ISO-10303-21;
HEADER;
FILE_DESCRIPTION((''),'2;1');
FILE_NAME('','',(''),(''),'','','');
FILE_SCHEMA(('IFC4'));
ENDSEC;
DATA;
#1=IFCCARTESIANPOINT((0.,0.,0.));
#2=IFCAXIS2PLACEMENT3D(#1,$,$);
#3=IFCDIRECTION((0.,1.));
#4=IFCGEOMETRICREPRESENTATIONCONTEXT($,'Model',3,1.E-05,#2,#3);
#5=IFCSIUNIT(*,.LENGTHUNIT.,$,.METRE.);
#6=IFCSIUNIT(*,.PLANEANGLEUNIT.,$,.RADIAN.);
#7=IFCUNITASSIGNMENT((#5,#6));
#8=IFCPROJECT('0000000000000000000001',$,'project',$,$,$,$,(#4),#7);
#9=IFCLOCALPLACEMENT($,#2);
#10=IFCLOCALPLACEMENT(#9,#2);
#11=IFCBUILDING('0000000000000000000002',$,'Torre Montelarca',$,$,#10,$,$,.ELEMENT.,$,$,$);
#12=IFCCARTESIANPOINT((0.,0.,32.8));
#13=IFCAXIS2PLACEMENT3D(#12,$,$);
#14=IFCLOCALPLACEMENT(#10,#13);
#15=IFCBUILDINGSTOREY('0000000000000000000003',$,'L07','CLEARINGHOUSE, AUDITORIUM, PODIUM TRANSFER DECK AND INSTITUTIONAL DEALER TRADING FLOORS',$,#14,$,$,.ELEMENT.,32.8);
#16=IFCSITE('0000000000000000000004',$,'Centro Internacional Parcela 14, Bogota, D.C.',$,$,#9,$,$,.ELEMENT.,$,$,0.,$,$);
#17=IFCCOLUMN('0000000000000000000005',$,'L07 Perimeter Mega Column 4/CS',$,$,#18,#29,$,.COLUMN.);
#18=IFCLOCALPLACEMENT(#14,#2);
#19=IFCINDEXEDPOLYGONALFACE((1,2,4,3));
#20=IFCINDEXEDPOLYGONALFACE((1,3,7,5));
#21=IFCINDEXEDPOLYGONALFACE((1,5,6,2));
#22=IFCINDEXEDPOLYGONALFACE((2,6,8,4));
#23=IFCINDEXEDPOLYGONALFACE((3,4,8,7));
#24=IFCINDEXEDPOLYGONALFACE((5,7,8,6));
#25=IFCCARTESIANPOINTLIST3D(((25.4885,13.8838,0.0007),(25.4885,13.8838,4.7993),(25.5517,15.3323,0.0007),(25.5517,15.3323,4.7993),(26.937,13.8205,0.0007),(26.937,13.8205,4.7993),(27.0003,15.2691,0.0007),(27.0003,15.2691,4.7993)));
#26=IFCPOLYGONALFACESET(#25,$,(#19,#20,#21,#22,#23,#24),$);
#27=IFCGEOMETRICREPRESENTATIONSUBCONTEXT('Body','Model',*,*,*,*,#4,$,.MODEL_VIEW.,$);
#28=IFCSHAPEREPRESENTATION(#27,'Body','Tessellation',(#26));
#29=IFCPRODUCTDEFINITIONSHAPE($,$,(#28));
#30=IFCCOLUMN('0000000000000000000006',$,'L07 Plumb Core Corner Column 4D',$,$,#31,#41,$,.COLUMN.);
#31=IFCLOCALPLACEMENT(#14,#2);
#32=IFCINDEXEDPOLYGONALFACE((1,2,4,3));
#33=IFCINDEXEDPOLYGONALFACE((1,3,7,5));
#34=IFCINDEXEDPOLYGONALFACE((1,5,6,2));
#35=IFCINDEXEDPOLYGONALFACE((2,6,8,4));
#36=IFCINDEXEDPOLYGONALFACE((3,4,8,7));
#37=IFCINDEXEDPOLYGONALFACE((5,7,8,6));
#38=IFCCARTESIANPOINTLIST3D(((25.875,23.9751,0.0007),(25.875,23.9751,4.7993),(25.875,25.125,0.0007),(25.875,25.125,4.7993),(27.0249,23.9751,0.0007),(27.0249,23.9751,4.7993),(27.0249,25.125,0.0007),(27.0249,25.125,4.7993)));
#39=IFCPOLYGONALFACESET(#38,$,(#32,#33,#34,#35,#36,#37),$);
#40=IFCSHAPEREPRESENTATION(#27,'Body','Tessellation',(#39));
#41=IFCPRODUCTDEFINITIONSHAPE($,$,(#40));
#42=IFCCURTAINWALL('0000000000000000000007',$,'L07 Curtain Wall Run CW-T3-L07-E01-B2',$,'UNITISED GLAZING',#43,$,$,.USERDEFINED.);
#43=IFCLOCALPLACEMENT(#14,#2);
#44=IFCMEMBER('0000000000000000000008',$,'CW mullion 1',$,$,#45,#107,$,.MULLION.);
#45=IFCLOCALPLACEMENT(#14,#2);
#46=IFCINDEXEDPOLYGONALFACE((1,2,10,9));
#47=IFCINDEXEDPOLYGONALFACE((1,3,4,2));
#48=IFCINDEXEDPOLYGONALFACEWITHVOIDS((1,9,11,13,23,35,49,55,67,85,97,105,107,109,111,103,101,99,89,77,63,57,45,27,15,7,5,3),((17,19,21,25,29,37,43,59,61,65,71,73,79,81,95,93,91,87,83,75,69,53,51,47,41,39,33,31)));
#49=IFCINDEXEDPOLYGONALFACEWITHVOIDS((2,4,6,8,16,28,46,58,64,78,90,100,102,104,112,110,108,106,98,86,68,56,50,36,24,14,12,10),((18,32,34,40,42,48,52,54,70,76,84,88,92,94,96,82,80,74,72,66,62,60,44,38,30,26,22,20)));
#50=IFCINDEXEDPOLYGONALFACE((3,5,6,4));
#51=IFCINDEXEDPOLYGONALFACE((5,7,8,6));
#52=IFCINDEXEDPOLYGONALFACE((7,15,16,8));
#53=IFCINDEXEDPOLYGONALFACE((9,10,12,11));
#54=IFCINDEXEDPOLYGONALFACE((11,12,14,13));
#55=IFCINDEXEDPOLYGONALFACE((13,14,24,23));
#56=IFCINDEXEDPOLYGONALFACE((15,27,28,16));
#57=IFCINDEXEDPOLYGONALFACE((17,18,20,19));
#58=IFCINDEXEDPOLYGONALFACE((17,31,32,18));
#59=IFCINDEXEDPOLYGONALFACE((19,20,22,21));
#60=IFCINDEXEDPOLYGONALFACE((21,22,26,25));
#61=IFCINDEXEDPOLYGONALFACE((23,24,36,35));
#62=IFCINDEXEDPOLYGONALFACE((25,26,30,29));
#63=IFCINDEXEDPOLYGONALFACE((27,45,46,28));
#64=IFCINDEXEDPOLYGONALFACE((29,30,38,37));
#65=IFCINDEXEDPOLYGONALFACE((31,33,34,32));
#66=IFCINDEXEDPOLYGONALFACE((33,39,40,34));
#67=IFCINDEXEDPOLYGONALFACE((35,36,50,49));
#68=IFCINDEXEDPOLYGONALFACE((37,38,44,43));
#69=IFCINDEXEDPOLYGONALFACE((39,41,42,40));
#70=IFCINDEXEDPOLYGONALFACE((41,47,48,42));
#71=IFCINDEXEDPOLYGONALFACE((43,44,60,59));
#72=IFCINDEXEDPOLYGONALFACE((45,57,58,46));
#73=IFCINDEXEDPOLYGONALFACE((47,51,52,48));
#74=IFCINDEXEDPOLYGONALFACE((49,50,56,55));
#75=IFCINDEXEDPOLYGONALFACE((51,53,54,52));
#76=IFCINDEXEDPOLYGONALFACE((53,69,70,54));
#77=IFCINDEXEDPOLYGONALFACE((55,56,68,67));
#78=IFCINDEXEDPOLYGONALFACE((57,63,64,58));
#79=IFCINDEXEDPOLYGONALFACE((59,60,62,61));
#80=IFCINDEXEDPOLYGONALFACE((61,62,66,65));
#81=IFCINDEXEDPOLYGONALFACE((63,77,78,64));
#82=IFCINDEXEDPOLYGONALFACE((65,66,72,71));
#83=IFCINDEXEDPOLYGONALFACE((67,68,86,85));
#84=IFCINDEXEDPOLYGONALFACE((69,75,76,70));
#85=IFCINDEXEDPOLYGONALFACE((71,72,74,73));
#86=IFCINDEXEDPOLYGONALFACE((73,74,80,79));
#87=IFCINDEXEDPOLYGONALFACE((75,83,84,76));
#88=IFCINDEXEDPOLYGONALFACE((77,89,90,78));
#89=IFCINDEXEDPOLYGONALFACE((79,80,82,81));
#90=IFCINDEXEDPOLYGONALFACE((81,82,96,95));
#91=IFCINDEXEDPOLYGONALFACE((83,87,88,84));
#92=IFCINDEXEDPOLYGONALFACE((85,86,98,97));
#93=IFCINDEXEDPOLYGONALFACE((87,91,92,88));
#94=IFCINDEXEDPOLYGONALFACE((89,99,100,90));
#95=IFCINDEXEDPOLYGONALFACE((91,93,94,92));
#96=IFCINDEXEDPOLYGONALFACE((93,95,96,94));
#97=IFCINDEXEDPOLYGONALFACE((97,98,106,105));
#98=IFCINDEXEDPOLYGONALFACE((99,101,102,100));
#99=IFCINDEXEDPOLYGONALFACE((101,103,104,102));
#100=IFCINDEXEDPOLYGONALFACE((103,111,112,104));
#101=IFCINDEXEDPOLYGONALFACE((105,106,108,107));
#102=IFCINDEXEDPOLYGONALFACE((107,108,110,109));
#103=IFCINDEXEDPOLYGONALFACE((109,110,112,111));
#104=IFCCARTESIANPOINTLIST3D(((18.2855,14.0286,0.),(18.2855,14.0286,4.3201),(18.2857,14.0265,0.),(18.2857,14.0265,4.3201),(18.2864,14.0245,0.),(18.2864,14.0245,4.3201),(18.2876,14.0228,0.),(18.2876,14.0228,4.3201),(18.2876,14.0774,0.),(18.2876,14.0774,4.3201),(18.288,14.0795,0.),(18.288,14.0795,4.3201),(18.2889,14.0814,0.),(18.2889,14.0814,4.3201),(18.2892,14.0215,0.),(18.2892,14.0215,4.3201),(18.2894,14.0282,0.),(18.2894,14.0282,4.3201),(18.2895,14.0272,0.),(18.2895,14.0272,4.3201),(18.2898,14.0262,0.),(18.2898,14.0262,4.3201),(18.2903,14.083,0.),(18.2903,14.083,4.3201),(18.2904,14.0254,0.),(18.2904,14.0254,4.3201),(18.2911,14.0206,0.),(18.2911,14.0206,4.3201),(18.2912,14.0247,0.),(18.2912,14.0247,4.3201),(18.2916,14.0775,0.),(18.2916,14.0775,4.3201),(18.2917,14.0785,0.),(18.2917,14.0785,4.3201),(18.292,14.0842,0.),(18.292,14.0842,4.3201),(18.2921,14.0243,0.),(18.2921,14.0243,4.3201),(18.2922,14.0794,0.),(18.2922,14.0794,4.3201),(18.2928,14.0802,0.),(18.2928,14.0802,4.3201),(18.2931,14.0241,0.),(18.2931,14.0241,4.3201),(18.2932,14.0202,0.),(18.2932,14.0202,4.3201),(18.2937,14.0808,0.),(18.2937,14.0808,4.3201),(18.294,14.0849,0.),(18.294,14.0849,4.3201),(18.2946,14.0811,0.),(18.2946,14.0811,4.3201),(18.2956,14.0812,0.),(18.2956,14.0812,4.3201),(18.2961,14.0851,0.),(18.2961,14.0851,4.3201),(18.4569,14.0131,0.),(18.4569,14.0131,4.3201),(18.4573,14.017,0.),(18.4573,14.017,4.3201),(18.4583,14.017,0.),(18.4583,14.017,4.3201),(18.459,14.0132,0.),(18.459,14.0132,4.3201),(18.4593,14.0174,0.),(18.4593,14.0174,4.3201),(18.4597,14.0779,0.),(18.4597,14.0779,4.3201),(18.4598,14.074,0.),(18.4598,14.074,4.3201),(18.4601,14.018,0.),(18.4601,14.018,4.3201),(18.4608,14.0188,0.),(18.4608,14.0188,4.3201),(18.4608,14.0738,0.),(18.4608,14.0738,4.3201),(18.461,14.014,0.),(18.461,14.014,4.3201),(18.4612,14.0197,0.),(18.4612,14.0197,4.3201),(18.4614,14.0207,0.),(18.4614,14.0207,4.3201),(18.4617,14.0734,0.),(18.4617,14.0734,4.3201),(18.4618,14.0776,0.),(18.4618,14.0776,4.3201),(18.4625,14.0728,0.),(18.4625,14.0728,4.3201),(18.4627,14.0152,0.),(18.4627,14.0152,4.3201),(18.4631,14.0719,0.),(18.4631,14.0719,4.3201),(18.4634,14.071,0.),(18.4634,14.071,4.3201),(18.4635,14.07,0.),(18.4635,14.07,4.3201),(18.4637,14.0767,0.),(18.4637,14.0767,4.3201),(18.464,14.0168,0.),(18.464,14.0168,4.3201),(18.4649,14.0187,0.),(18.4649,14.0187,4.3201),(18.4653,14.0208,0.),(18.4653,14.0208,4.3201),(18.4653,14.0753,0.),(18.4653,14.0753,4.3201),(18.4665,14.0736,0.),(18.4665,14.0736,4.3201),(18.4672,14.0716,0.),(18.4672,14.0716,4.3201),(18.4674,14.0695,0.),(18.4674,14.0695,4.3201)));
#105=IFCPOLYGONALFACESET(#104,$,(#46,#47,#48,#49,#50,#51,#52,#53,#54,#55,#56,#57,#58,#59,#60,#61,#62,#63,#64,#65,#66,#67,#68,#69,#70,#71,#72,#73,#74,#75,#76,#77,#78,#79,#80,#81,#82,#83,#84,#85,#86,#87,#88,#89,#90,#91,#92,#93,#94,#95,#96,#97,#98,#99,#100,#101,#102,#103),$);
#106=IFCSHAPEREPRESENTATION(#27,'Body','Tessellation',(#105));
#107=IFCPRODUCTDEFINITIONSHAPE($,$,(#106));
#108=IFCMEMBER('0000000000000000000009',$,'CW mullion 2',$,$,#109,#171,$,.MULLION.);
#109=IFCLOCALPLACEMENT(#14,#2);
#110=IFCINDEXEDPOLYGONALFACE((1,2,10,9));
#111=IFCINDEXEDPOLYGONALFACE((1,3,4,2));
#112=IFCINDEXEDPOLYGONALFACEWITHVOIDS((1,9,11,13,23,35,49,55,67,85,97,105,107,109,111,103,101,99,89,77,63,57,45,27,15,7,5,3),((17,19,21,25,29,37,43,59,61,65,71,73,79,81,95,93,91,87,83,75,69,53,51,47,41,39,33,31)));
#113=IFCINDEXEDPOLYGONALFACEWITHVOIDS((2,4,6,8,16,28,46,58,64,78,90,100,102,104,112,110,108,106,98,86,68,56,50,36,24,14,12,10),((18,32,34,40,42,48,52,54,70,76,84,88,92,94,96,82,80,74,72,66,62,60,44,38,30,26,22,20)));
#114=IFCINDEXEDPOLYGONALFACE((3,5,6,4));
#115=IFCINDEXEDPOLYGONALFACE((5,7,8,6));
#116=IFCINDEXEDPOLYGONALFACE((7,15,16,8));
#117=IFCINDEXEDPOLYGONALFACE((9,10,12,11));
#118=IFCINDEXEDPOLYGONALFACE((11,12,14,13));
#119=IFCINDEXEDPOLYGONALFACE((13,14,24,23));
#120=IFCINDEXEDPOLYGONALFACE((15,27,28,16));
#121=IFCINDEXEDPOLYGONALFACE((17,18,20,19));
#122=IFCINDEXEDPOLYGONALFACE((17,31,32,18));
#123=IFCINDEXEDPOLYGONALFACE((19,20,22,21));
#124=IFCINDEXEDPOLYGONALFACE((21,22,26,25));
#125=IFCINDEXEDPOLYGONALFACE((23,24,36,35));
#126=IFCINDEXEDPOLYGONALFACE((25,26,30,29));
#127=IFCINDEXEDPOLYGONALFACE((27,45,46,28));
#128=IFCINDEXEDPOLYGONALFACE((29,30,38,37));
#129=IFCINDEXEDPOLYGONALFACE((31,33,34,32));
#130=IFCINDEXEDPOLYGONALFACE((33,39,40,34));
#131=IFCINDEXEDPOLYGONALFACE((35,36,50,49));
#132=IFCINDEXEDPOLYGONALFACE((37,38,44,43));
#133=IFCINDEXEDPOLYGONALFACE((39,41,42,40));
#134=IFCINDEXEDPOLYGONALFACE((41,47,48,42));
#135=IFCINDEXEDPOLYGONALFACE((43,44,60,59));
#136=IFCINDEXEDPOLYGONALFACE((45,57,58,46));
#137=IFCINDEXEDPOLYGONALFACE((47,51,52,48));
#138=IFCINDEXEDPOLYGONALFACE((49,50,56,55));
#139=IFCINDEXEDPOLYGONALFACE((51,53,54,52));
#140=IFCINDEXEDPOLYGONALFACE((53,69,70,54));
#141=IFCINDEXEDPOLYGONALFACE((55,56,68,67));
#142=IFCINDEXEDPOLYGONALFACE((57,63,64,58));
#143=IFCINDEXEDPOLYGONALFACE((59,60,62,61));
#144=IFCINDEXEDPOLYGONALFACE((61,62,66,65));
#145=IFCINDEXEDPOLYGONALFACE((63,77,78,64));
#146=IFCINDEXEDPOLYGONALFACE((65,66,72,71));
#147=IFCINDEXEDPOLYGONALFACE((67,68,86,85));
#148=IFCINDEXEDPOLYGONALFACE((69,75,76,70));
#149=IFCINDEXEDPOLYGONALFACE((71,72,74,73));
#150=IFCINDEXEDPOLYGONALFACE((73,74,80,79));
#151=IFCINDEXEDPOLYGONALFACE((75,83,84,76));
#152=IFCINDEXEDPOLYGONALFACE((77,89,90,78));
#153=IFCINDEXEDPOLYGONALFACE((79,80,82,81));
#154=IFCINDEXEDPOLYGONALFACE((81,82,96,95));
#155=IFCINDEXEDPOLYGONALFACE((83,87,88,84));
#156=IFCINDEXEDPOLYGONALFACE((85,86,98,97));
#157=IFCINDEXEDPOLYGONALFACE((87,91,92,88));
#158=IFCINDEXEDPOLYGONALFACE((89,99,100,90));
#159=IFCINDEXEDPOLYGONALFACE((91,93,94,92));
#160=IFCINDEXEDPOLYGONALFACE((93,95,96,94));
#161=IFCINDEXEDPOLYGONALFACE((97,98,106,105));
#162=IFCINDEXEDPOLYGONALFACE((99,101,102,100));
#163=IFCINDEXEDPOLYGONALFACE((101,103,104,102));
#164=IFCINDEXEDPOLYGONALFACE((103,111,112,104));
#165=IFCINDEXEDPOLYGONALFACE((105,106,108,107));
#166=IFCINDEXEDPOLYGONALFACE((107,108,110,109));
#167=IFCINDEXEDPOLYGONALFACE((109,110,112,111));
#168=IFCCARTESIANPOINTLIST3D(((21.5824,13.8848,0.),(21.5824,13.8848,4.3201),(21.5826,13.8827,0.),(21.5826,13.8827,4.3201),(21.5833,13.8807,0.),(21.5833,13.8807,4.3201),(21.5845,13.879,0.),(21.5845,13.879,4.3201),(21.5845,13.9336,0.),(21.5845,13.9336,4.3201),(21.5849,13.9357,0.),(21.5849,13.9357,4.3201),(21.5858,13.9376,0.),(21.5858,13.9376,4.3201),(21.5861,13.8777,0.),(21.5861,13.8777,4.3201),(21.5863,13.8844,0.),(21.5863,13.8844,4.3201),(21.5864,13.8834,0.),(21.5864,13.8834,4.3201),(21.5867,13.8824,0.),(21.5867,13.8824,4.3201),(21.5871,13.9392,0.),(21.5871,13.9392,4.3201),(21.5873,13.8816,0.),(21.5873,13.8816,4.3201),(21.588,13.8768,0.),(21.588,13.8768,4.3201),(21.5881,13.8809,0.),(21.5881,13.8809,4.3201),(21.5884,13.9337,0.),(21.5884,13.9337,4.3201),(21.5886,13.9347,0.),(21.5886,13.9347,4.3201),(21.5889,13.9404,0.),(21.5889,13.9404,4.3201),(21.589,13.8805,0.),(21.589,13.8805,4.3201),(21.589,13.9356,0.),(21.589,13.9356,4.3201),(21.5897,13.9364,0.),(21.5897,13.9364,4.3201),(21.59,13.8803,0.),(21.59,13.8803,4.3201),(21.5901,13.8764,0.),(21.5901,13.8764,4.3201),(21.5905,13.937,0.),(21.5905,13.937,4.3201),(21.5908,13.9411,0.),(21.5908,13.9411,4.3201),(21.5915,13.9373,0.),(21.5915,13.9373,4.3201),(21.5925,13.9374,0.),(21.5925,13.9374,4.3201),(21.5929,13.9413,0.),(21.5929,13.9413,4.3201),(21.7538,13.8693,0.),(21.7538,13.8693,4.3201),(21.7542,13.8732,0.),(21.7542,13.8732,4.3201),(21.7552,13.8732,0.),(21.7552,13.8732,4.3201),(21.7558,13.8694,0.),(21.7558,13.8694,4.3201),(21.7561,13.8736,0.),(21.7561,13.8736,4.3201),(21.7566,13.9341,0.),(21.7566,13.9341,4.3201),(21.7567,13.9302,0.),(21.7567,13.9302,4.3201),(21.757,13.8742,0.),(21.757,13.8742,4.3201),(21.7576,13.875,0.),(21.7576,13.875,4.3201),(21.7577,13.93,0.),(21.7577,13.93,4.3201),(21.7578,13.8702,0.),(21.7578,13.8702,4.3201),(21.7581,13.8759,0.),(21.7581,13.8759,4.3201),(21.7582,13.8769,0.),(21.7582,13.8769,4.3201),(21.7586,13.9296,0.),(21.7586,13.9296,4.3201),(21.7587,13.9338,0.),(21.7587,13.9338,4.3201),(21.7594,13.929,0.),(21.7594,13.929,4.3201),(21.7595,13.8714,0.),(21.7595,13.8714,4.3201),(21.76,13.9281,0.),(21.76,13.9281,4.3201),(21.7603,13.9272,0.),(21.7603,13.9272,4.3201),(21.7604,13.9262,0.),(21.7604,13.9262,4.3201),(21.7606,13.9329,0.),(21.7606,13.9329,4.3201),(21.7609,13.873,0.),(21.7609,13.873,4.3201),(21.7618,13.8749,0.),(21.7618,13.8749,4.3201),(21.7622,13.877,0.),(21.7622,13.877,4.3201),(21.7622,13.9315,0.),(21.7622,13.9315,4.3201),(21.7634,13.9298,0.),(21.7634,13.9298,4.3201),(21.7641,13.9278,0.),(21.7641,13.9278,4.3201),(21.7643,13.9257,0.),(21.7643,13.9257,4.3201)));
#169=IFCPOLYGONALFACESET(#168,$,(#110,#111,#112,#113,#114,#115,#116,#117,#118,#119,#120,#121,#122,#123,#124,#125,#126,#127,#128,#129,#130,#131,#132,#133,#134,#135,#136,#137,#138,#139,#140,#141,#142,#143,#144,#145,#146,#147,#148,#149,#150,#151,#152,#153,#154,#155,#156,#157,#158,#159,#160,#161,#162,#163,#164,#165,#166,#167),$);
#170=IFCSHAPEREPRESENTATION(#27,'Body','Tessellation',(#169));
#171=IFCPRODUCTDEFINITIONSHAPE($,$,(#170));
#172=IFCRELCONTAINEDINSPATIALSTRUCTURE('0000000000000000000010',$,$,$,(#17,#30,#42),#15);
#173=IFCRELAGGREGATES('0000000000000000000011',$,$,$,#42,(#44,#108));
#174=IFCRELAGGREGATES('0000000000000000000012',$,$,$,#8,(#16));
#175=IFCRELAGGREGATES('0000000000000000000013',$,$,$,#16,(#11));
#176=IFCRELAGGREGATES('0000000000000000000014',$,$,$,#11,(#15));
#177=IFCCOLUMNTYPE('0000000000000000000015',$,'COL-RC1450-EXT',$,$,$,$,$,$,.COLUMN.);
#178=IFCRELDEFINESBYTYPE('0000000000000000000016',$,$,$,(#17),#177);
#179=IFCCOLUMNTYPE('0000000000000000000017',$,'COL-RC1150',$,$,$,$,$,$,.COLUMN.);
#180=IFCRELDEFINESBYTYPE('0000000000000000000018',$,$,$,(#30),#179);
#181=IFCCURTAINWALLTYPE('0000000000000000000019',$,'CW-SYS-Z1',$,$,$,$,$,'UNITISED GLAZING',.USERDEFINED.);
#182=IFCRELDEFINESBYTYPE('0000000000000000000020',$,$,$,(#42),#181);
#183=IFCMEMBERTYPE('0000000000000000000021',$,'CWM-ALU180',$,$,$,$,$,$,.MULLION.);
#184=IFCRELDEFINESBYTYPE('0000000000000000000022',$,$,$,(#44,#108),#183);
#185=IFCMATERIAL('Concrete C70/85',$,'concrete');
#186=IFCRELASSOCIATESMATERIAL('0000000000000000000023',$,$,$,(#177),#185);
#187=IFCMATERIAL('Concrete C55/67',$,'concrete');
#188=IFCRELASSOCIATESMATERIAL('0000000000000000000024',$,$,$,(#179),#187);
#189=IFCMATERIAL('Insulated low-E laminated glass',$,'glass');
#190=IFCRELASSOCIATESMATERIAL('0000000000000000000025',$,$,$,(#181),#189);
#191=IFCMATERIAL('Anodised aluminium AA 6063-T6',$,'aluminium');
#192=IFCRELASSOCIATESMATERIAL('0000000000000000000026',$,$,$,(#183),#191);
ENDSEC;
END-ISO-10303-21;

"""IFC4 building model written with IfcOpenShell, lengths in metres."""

from ifc_helpers import new_model, si_unit, direction, frame, origin, origin_2d, place, context, subcontext, project, spatial, rectangle, hollow_rectangle, extrude, source, transform, mapped, material, material_profile, profile_set, type_object, element, aggregate, save


model = new_model("IFC4")

# Units and contexts
model_context = context("Model", 3, precision=1e-05, world=origin(), true_north=direction((0.0, 1.0)))
body_context = subcontext(model_context, "Body", "Model", "MODEL_VIEW")
ifc_project = project(units=[si_unit("LENGTHUNIT", "METRE"), si_unit("PLANEANGLEUNIT", "RADIAN")], contexts=[model_context])

# Site, building, storey
site_placement = place(None, origin())
site = spatial("IfcSite", under=ifc_project, at=site_placement, Name="Centro Internacional Parcela 14, Bogota, D.C.", CompositionType="ELEMENT", RefElevation=0.0)
building_placement = place(site_placement, origin())
building = spatial("IfcBuilding", under=site, at=building_placement, Name="Torre Montelarca", CompositionType="ELEMENT")
storey_placement = place(building_placement, frame((0.0, 0.0, 32.8)))
storey = spatial("IfcBuildingStorey", under=building, at=storey_placement, Name="L07", Description="CLEARINGHOUSE, AUDITORIUM, PODIUM TRANSFER DECK AND INSTITUTIONAL DEALER TRADING FLOORS", CompositionType="ELEMENT", Elevation=32.8)

# Columns
ifc_material_1 = material(Name="Concrete C70/85", Category="concrete")
ifc_material_profile_1 = material_profile(ifc_material_1, rectangle(XDim=1.45, YDim=1.45, at=origin_2d()), Name="RC1450X1450", Category="concrete")
ifc_profile_set_1 = profile_set([ifc_material_profile_1], Name="Concrete C70/85")
column_type_1 = type_object("IfcColumnType", Name="COL-RC1450-EXT", PredefinedType="COLUMN", material=ifc_profile_set_1)
shared_shape_1 = source(origin(), body_context, "Body", "SweptSolid", [
    extrude(rectangle(XDim=1.45, YDim=1.45, at=origin_2d()), origin(), (0.0, 0.0, 1.0), 4.7986),
])
column_1_placement = place(storey_placement, frame((26.2444, 14.5764, 0.0007), z_axis=(0.0, 0.0, 1.0), x_axis=(-0.999048, 0.043619, 0.0)))
element("IfcColumn", 1, at=column_1_placement, inside=storey, type_object=column_type_1, Name="L07 Perimeter Mega Column 4/CS", PredefinedType="COLUMN", context=body_context, shape_type="MappedRepresentation", body=[
    mapped(shared_shape_1, transform((0.0, 0.0, 0.0), scale=1.0)),
])
ifc_material_2 = material(Name="Concrete C55/67", Category="concrete")
ifc_material_profile_2 = material_profile(ifc_material_2, rectangle(XDim=1.1499, YDim=1.1499, at=origin_2d()), Name="RC1150X1150", Category="concrete")
ifc_profile_set_2 = profile_set([ifc_material_profile_2], Name="Concrete C55/67")
column_type_2 = type_object("IfcColumnType", Name="COL-RC1150", PredefinedType="COLUMN", material=ifc_profile_set_2)
shared_shape_2 = source(origin(), body_context, "Body", "SweptSolid", [
    extrude(rectangle(XDim=1.1499, YDim=1.1499, at=origin_2d()), origin(), (0.0, 0.0, 1.0), 4.7986),
])
column_2_placement = place(storey_placement, frame((26.45, 24.55, 0.0007), z_axis=(0.0, 0.0, 1.0), x_axis=(1.0, 0.0, 0.0)))
element("IfcColumn", 2, at=column_2_placement, inside=storey, type_object=column_type_2, Name="L07 Plumb Core Corner Column 4D", PredefinedType="COLUMN", context=body_context, shape_type="MappedRepresentation", body=[
    mapped(shared_shape_2, transform((0.0, 0.0, 0.0), scale=1.0)),
])

# Curtain wall, members
ifc_material_3 = material(Name="Insulated low-E laminated glass", Category="glass")
curtain_wall_type = type_object("IfcCurtainWallType", Name="CW-SYS-Z1", ElementType="UNITISED GLAZING", PredefinedType="USERDEFINED", material=ifc_material_3)
curtain_wall_1_placement = place(storey_placement, origin())
curtain_wall_1 = element("IfcCurtainWall", 3, at=curtain_wall_1_placement, inside=storey, type_object=curtain_wall_type, Name="L07 Curtain Wall Run CW-T3-L07-E01-B2", ObjectType="UNITISED GLAZING", PredefinedType="USERDEFINED")
ifc_material_4 = material(Name="Anodised aluminium AA 6063-T6", Category="aluminium")
ifc_material_profile_3 = material_profile(ifc_material_4, hollow_rectangle(XDim=0.0649, YDim=0.1799, WallThickness=0.0039, InnerFilletRadius=0.0039, OuterFilletRadius=0.0081, at=origin_2d()), Name="ALU65X180X4", Category="aluminium")
ifc_profile_set_3 = profile_set([ifc_material_profile_3], Name="Anodised aluminium AA 6063-T6")
member_type_1 = type_object("IfcMemberType", Name="CWM-ALU180", PredefinedType="MULLION", material=ifc_profile_set_3)
shared_shape_3 = source(origin(), body_context, "Body", "SweptSolid", [
    extrude(hollow_rectangle(XDim=0.0649, YDim=0.1799, WallThickness=0.0039, InnerFilletRadius=0.0039, OuterFilletRadius=0.0081, at=origin_2d()), origin(), (0.0, 0.0, 1.0), 4.3201),
])
member_1_placement = place(storey_placement, frame((18.3765, 14.0491, 0.0), z_axis=(0.0, 0.0, 1.0), x_axis=(0.043631, 0.999048, 0.0)))
member_1 = element("IfcMember", 4, at=member_1_placement, type_object=member_type_1, Name="CW mullion 1", PredefinedType="MULLION", context=body_context, shape_type="MappedRepresentation", body=[
    mapped(shared_shape_3, transform((0.0, 0.0, 0.0), scale=1.0)),
])
member_2_placement = place(storey_placement, frame((21.6733, 13.9053, 0.0), z_axis=(0.0, 0.0, 1.0), x_axis=(0.043631, 0.999048, 0.0)))
member_2 = element("IfcMember", 5, at=member_2_placement, type_object=member_type_1, Name="CW mullion 2", PredefinedType="MULLION", context=body_context, shape_type="MappedRepresentation", body=[
    mapped(shared_shape_3, transform((0.0, 0.0, 0.0), scale=1.0)),
])

aggregate(curtain_wall_1, [member_1, member_2])

save(model, "model.ifc")
